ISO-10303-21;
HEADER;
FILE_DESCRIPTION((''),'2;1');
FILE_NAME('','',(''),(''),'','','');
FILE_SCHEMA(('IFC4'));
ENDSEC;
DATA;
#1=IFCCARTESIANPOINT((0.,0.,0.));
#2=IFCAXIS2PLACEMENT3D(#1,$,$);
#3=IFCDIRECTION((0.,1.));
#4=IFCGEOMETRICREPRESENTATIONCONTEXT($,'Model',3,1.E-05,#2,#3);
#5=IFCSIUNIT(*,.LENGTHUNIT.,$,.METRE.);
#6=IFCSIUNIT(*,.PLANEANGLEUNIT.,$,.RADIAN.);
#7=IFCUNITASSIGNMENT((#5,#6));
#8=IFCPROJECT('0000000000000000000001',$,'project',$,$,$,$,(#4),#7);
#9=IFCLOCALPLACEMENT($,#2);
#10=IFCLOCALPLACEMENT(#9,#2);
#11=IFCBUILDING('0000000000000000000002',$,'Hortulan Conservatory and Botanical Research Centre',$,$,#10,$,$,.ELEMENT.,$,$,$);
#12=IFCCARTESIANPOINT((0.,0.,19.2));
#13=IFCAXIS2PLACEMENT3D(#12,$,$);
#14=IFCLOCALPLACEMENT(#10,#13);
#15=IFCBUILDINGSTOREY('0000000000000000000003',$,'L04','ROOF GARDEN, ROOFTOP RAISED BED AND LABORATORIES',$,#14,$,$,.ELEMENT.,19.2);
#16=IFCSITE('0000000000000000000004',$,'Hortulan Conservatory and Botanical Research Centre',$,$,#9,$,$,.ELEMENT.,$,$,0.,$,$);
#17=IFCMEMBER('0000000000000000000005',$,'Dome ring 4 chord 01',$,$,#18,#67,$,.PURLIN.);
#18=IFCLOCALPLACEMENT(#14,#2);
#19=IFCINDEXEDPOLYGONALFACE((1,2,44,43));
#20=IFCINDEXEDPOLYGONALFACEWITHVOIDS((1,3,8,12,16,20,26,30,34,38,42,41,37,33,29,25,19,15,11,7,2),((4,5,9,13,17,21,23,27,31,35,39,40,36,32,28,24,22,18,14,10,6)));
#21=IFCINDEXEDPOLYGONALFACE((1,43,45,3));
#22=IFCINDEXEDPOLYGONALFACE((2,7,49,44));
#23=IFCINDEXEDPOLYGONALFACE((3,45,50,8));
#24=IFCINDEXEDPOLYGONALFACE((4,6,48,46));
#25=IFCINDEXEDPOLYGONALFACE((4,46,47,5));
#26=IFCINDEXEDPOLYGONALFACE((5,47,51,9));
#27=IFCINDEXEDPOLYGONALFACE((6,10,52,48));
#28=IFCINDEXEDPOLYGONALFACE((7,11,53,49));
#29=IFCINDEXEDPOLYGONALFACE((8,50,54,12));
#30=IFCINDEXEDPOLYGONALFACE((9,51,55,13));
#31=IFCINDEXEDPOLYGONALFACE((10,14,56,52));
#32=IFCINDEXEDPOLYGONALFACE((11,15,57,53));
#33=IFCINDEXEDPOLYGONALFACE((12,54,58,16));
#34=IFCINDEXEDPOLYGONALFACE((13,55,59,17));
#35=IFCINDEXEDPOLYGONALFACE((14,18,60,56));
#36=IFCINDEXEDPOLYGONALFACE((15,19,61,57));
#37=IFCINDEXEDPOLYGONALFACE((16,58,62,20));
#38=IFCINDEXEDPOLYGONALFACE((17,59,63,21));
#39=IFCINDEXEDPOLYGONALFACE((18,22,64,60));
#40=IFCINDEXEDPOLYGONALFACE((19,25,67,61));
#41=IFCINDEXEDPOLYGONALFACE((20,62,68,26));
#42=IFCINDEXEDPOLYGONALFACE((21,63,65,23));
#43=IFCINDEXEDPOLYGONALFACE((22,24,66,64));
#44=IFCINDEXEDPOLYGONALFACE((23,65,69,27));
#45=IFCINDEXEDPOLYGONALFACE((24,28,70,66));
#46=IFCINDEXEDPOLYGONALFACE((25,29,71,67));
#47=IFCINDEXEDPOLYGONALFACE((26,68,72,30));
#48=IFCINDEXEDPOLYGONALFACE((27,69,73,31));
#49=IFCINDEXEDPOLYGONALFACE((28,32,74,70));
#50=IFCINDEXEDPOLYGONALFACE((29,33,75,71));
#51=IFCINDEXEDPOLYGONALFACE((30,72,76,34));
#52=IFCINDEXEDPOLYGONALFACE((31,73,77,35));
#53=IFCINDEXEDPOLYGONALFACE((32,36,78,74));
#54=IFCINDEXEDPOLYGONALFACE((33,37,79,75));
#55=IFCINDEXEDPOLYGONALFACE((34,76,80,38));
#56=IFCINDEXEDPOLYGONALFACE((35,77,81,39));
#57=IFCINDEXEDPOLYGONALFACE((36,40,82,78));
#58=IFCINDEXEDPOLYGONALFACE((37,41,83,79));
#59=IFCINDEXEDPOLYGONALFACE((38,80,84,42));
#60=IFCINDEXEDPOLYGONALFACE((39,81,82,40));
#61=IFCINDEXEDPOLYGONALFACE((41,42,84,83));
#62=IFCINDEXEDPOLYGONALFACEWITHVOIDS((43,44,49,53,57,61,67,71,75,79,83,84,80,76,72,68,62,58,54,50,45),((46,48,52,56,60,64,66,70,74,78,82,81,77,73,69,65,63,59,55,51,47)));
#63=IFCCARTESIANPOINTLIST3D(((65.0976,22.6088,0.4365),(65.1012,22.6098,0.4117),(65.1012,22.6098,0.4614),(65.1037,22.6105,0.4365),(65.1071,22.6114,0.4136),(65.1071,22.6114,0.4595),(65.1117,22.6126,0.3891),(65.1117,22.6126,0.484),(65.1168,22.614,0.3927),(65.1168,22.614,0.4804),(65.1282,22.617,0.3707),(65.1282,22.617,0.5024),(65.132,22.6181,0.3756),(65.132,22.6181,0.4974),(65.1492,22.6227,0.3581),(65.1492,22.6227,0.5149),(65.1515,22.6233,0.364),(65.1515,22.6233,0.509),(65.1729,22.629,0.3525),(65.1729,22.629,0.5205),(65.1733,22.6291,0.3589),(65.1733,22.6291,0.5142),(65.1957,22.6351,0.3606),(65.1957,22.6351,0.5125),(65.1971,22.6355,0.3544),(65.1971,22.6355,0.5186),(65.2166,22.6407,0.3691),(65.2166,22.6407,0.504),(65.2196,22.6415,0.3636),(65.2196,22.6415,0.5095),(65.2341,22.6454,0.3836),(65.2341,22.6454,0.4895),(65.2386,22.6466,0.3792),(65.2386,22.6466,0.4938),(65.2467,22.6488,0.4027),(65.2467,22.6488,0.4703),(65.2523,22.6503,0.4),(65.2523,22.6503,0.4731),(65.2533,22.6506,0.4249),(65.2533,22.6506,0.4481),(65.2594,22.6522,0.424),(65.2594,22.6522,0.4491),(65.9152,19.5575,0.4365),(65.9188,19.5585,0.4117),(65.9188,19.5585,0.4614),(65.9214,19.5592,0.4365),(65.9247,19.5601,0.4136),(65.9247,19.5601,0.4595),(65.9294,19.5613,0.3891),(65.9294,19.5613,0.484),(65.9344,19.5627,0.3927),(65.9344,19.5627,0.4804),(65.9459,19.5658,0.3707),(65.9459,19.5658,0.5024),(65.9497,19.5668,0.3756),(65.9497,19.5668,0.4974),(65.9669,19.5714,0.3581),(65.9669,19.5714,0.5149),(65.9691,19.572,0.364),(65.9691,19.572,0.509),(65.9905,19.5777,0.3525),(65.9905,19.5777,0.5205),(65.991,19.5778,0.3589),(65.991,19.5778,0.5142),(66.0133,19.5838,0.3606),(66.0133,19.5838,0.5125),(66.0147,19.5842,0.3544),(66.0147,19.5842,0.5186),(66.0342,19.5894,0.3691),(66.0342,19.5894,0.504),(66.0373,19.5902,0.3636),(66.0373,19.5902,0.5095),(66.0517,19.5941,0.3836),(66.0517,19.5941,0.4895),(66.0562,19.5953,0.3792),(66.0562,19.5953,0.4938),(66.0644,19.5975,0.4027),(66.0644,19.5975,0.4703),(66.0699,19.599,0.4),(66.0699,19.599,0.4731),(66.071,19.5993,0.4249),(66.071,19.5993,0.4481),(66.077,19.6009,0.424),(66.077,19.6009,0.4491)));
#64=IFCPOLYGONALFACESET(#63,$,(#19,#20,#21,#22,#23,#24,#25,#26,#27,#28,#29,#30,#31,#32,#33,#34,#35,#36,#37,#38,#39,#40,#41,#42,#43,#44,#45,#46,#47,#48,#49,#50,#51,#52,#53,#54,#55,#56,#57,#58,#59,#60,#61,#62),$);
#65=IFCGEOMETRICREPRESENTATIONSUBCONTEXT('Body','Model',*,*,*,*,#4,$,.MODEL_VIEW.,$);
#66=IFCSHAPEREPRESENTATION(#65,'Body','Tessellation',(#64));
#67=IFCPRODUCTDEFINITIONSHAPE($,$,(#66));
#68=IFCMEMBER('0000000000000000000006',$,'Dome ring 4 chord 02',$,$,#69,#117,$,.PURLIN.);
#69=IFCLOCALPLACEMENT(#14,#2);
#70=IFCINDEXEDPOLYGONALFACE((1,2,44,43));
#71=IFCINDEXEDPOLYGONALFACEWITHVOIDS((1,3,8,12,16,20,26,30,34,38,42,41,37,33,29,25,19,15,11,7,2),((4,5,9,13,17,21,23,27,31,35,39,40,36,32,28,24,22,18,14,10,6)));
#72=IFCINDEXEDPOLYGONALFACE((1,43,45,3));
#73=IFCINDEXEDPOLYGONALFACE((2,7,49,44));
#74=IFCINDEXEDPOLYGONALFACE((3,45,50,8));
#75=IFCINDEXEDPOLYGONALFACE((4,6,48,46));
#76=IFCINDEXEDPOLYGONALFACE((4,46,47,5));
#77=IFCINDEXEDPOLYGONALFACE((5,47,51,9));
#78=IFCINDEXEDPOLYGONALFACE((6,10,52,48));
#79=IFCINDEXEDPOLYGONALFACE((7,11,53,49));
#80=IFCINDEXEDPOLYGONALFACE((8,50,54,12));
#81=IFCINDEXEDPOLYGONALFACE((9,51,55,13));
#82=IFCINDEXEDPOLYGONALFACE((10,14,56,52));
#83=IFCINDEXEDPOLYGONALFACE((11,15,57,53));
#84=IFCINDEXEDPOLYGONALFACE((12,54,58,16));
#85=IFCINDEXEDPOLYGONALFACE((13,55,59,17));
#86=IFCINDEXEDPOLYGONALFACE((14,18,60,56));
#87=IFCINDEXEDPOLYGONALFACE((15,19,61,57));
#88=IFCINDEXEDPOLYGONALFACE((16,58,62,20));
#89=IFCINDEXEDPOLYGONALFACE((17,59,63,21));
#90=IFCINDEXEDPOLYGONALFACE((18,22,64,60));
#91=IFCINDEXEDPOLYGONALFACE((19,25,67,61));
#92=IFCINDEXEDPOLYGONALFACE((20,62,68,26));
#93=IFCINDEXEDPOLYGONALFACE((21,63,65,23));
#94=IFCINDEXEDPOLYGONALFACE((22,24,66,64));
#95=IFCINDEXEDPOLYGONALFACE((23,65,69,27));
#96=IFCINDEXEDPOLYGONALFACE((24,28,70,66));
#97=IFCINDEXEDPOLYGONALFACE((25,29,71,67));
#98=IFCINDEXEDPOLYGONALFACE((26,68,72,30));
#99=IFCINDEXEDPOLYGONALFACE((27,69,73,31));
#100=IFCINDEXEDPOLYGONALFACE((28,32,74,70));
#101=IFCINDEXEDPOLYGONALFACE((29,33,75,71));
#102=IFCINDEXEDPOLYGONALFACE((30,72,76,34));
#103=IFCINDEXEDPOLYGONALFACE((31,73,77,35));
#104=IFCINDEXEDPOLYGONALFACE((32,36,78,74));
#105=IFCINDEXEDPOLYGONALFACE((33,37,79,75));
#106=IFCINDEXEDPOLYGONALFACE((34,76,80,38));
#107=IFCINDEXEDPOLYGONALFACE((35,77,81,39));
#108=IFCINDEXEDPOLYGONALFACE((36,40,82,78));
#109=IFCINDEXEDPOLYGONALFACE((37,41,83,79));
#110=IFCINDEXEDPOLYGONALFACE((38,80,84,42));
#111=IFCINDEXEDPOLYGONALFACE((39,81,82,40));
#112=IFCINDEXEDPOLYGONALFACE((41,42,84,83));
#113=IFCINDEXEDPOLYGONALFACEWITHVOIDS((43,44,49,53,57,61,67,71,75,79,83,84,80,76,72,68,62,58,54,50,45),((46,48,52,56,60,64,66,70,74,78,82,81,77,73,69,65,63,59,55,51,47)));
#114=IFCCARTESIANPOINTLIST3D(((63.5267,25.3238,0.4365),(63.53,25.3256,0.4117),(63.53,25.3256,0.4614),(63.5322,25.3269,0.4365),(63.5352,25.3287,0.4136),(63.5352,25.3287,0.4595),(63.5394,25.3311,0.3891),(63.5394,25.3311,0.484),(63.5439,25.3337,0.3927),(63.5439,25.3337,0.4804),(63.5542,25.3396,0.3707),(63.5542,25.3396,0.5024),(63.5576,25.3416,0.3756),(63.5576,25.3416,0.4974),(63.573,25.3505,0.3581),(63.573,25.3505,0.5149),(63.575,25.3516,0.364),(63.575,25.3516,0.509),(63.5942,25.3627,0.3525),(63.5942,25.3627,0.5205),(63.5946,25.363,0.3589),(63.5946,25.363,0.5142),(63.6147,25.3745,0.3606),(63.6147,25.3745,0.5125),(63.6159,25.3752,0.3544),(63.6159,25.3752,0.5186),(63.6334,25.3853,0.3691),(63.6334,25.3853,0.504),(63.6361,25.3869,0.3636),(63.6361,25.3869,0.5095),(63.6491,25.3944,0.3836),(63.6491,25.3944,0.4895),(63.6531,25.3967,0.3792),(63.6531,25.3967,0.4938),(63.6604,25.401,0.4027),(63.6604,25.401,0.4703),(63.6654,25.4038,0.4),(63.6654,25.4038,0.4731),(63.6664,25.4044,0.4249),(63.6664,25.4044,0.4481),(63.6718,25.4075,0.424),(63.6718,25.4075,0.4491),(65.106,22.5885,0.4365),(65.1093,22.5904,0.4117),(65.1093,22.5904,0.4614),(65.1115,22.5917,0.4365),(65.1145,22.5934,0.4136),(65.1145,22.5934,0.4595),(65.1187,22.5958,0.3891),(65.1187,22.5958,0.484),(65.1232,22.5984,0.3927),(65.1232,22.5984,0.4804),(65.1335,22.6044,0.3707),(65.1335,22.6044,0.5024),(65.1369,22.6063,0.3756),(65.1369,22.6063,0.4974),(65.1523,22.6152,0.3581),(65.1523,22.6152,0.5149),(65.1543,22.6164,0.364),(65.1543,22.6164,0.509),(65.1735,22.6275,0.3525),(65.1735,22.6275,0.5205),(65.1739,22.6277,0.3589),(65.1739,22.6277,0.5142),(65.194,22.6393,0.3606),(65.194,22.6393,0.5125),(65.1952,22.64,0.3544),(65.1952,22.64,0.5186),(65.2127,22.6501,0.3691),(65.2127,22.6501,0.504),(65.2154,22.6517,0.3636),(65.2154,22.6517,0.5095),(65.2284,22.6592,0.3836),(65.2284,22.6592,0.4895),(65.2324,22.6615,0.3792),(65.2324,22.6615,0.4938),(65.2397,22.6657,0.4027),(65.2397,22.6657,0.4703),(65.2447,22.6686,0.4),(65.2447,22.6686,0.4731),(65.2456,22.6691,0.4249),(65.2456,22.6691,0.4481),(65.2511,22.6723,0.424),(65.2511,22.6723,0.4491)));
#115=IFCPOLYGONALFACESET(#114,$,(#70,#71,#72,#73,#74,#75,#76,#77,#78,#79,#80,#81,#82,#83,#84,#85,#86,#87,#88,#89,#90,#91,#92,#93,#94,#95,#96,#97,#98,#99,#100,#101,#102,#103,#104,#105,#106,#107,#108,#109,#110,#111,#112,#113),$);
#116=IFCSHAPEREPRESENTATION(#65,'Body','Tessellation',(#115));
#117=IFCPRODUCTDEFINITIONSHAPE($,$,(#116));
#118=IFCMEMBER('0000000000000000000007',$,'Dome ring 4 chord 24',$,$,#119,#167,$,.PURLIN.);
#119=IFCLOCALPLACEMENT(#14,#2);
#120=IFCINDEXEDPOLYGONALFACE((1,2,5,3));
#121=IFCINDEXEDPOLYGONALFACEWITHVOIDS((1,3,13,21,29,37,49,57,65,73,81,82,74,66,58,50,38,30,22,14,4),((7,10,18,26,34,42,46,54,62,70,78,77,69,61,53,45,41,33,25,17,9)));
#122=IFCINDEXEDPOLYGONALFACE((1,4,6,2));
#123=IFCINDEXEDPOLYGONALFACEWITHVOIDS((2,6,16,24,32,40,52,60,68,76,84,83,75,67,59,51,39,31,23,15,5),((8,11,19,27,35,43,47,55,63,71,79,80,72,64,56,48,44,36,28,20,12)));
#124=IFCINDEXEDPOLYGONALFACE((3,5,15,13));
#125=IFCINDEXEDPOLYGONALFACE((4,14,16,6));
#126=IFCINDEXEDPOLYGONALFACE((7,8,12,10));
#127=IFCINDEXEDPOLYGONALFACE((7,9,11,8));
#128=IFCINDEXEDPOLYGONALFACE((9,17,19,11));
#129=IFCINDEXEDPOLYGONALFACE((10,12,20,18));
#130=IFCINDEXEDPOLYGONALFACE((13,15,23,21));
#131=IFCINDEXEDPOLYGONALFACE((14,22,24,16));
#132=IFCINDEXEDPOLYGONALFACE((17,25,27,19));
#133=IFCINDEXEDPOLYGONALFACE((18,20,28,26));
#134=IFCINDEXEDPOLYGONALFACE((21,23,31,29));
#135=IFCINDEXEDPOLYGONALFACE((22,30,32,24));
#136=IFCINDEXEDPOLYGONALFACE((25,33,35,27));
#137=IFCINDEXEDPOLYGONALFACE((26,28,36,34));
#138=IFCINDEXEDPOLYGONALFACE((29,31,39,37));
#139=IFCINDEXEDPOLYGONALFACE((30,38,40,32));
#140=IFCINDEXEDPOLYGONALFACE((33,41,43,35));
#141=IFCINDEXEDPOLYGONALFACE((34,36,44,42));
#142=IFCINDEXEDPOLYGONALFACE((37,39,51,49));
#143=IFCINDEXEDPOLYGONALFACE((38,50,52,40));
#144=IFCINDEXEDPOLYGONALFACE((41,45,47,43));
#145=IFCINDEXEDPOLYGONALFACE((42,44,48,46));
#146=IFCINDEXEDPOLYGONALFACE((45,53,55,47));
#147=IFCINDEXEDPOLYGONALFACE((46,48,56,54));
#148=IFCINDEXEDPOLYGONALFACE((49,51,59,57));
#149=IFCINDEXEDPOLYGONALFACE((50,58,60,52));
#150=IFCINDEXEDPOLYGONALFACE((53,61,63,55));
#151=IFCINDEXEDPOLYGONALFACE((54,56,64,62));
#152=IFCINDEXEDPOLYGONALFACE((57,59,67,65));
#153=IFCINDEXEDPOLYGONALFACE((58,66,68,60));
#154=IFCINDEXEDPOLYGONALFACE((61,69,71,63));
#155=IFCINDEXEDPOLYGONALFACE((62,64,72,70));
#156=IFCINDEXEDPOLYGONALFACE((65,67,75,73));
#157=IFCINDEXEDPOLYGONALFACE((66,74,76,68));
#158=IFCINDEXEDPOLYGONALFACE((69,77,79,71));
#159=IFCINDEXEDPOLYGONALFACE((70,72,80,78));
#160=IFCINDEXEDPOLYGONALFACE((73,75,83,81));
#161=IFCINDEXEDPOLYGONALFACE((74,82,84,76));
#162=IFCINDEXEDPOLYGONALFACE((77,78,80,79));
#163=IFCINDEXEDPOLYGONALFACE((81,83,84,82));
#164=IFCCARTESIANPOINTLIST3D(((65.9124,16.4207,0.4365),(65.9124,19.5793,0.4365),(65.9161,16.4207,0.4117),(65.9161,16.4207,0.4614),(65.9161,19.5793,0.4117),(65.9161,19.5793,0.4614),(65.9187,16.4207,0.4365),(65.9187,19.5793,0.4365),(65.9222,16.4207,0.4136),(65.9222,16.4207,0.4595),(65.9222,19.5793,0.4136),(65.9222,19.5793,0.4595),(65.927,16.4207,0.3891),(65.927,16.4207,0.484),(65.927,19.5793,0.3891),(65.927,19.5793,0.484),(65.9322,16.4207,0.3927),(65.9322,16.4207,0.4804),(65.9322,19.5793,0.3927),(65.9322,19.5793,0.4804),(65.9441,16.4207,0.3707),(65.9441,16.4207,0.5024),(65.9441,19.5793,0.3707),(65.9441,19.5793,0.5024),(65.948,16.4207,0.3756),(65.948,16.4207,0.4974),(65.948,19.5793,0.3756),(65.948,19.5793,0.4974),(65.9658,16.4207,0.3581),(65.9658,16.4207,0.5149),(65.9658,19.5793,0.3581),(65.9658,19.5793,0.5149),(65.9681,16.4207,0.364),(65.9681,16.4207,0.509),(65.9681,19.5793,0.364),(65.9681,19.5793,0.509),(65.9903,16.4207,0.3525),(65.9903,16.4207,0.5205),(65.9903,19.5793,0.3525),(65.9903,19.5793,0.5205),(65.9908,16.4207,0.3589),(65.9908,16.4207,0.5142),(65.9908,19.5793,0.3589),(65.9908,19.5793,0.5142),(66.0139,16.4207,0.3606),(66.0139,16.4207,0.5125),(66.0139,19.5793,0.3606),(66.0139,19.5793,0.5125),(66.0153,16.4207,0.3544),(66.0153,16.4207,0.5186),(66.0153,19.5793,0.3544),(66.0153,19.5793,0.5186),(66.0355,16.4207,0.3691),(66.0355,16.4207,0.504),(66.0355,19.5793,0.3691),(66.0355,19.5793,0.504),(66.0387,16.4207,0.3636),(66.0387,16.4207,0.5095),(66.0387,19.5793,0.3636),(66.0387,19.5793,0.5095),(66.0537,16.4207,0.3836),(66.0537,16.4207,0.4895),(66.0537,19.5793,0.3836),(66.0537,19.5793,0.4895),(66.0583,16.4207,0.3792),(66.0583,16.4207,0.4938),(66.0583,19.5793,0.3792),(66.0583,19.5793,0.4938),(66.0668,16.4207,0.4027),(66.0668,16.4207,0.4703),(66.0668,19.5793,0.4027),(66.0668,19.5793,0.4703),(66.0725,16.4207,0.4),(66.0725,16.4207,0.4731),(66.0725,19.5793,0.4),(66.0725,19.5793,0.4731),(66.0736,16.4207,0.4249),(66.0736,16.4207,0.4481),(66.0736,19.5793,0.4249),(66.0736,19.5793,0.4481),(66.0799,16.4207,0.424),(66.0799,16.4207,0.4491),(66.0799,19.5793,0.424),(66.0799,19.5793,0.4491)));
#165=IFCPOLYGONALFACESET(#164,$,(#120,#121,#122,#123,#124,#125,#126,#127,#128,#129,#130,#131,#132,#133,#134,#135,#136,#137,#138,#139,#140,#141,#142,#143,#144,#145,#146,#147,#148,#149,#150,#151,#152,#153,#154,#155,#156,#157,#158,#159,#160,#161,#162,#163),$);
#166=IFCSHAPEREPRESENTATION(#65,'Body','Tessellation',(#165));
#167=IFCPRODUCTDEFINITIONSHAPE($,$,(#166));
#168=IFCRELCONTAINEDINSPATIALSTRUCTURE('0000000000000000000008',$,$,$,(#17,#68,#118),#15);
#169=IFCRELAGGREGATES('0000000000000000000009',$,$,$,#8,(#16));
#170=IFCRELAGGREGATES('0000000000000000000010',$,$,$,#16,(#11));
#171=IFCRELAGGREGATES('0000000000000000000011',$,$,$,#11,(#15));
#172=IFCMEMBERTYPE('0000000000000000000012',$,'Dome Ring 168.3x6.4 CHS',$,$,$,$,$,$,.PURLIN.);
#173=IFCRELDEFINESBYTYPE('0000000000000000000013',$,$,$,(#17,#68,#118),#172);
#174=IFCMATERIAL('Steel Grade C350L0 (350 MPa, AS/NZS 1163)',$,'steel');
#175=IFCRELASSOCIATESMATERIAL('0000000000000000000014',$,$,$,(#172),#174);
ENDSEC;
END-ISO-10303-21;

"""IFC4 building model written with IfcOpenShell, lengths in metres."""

from ifc_helpers import new_model, si_unit, direction, frame, origin, origin_2d, place, context, subcontext, project, spatial, hollow_circle, extrude, material, material_profile, profile_set, type_object, element, save


model = new_model("IFC4")

# Units and contexts
model_context = context("Model", 3, precision=1e-05, world=origin(), true_north=direction((0.0, 1.0)))
body_context = subcontext(model_context, "Body", "Model", "MODEL_VIEW")
ifc_project = project(units=[si_unit("LENGTHUNIT", "METRE"), si_unit("PLANEANGLEUNIT", "RADIAN")], contexts=[model_context])

# Site, building, storey
site_placement = place(None, origin())
site = spatial("IfcSite", under=ifc_project, at=site_placement, Name="Hortulan Conservatory and Botanical Research Centre", CompositionType="ELEMENT", RefElevation=0.0)
building_placement = place(site_placement, origin())
building = spatial("IfcBuilding", under=site, at=building_placement, Name="Hortulan Conservatory and Botanical Research Centre", CompositionType="ELEMENT")
storey_placement = place(building_placement, frame((0.0, 0.0, 19.2)))
storey = spatial("IfcBuildingStorey", under=building, at=storey_placement, Name="L04", Description="ROOF GARDEN, ROOFTOP RAISED BED AND LABORATORIES", CompositionType="ELEMENT", Elevation=19.2)

# Shared definitions
ifc_material_1 = material(Name="Steel Grade C350L0 (350 MPa, AS/NZS 1163)", Category="steel")

# Members
ifc_material_profile_1 = material_profile(ifc_material_1, hollow_circle(Radius=0.0842, WallThickness=0.0063, at=origin_2d()), Name="168.3x6.4CHS")
ifc_profile_set_1 = profile_set([ifc_material_profile_1], Name="Steel Grade C350L0 (350 MPa, AS/NZS 1163)")
member_type_1 = type_object("IfcMemberType", Name="Dome Ring 168.3x6.4 CHS", PredefinedType="PURLIN", material=ifc_profile_set_1)
member_1_placement = place(storey_placement, frame((65.9966, 19.5793, 0.4365), z_axis=(-0.258831, 0.965923, 0.0), x_axis=(-0.965923, -0.258831, 0.0)))
element("IfcMember", 1, at=member_1_placement, inside=storey, type_object=member_type_1, Name="Dome ring 4 chord 01", PredefinedType="PURLIN", context=body_context, shape_type="SweptSolid", body=[
    extrude(hollow_circle(Radius=0.0842, WallThickness=0.0063, at=origin_2d()), origin(), (0.0, 0.0, 1.0), 3.1589),
])
member_2_placement = place(storey_placement, frame((65.179, 22.6306, 0.4365), z_axis=(-0.500021, 0.866013, 0.0), x_axis=(-0.866013, -0.500021, 0.0)))
element("IfcMember", 2, at=member_2_placement, inside=storey, type_object=member_type_1, Name="Dome ring 4 chord 02", PredefinedType="PURLIN", context=body_context, shape_type="SweptSolid", body=[
    extrude(hollow_circle(Radius=0.0842, WallThickness=0.0063, at=origin_2d()), origin(), (0.0, 0.0, 1.0), 3.1584),
])
member_3_placement = place(storey_placement, frame((65.9966, 16.4207, 0.4365), z_axis=(0.0, 1.0, 0.0), x_axis=(-1.0, 0.0, 0.0)))
element("IfcMember", 3, at=member_3_placement, inside=storey, type_object=member_type_1, Name="Dome ring 4 chord 24", PredefinedType="PURLIN", context=body_context, shape_type="SweptSolid", body=[
    extrude(hollow_circle(Radius=0.0842, WallThickness=0.0063, at=origin_2d()), origin(), (0.0, 0.0, 1.0), 3.1587),
])

save(model, "model.ifc")
